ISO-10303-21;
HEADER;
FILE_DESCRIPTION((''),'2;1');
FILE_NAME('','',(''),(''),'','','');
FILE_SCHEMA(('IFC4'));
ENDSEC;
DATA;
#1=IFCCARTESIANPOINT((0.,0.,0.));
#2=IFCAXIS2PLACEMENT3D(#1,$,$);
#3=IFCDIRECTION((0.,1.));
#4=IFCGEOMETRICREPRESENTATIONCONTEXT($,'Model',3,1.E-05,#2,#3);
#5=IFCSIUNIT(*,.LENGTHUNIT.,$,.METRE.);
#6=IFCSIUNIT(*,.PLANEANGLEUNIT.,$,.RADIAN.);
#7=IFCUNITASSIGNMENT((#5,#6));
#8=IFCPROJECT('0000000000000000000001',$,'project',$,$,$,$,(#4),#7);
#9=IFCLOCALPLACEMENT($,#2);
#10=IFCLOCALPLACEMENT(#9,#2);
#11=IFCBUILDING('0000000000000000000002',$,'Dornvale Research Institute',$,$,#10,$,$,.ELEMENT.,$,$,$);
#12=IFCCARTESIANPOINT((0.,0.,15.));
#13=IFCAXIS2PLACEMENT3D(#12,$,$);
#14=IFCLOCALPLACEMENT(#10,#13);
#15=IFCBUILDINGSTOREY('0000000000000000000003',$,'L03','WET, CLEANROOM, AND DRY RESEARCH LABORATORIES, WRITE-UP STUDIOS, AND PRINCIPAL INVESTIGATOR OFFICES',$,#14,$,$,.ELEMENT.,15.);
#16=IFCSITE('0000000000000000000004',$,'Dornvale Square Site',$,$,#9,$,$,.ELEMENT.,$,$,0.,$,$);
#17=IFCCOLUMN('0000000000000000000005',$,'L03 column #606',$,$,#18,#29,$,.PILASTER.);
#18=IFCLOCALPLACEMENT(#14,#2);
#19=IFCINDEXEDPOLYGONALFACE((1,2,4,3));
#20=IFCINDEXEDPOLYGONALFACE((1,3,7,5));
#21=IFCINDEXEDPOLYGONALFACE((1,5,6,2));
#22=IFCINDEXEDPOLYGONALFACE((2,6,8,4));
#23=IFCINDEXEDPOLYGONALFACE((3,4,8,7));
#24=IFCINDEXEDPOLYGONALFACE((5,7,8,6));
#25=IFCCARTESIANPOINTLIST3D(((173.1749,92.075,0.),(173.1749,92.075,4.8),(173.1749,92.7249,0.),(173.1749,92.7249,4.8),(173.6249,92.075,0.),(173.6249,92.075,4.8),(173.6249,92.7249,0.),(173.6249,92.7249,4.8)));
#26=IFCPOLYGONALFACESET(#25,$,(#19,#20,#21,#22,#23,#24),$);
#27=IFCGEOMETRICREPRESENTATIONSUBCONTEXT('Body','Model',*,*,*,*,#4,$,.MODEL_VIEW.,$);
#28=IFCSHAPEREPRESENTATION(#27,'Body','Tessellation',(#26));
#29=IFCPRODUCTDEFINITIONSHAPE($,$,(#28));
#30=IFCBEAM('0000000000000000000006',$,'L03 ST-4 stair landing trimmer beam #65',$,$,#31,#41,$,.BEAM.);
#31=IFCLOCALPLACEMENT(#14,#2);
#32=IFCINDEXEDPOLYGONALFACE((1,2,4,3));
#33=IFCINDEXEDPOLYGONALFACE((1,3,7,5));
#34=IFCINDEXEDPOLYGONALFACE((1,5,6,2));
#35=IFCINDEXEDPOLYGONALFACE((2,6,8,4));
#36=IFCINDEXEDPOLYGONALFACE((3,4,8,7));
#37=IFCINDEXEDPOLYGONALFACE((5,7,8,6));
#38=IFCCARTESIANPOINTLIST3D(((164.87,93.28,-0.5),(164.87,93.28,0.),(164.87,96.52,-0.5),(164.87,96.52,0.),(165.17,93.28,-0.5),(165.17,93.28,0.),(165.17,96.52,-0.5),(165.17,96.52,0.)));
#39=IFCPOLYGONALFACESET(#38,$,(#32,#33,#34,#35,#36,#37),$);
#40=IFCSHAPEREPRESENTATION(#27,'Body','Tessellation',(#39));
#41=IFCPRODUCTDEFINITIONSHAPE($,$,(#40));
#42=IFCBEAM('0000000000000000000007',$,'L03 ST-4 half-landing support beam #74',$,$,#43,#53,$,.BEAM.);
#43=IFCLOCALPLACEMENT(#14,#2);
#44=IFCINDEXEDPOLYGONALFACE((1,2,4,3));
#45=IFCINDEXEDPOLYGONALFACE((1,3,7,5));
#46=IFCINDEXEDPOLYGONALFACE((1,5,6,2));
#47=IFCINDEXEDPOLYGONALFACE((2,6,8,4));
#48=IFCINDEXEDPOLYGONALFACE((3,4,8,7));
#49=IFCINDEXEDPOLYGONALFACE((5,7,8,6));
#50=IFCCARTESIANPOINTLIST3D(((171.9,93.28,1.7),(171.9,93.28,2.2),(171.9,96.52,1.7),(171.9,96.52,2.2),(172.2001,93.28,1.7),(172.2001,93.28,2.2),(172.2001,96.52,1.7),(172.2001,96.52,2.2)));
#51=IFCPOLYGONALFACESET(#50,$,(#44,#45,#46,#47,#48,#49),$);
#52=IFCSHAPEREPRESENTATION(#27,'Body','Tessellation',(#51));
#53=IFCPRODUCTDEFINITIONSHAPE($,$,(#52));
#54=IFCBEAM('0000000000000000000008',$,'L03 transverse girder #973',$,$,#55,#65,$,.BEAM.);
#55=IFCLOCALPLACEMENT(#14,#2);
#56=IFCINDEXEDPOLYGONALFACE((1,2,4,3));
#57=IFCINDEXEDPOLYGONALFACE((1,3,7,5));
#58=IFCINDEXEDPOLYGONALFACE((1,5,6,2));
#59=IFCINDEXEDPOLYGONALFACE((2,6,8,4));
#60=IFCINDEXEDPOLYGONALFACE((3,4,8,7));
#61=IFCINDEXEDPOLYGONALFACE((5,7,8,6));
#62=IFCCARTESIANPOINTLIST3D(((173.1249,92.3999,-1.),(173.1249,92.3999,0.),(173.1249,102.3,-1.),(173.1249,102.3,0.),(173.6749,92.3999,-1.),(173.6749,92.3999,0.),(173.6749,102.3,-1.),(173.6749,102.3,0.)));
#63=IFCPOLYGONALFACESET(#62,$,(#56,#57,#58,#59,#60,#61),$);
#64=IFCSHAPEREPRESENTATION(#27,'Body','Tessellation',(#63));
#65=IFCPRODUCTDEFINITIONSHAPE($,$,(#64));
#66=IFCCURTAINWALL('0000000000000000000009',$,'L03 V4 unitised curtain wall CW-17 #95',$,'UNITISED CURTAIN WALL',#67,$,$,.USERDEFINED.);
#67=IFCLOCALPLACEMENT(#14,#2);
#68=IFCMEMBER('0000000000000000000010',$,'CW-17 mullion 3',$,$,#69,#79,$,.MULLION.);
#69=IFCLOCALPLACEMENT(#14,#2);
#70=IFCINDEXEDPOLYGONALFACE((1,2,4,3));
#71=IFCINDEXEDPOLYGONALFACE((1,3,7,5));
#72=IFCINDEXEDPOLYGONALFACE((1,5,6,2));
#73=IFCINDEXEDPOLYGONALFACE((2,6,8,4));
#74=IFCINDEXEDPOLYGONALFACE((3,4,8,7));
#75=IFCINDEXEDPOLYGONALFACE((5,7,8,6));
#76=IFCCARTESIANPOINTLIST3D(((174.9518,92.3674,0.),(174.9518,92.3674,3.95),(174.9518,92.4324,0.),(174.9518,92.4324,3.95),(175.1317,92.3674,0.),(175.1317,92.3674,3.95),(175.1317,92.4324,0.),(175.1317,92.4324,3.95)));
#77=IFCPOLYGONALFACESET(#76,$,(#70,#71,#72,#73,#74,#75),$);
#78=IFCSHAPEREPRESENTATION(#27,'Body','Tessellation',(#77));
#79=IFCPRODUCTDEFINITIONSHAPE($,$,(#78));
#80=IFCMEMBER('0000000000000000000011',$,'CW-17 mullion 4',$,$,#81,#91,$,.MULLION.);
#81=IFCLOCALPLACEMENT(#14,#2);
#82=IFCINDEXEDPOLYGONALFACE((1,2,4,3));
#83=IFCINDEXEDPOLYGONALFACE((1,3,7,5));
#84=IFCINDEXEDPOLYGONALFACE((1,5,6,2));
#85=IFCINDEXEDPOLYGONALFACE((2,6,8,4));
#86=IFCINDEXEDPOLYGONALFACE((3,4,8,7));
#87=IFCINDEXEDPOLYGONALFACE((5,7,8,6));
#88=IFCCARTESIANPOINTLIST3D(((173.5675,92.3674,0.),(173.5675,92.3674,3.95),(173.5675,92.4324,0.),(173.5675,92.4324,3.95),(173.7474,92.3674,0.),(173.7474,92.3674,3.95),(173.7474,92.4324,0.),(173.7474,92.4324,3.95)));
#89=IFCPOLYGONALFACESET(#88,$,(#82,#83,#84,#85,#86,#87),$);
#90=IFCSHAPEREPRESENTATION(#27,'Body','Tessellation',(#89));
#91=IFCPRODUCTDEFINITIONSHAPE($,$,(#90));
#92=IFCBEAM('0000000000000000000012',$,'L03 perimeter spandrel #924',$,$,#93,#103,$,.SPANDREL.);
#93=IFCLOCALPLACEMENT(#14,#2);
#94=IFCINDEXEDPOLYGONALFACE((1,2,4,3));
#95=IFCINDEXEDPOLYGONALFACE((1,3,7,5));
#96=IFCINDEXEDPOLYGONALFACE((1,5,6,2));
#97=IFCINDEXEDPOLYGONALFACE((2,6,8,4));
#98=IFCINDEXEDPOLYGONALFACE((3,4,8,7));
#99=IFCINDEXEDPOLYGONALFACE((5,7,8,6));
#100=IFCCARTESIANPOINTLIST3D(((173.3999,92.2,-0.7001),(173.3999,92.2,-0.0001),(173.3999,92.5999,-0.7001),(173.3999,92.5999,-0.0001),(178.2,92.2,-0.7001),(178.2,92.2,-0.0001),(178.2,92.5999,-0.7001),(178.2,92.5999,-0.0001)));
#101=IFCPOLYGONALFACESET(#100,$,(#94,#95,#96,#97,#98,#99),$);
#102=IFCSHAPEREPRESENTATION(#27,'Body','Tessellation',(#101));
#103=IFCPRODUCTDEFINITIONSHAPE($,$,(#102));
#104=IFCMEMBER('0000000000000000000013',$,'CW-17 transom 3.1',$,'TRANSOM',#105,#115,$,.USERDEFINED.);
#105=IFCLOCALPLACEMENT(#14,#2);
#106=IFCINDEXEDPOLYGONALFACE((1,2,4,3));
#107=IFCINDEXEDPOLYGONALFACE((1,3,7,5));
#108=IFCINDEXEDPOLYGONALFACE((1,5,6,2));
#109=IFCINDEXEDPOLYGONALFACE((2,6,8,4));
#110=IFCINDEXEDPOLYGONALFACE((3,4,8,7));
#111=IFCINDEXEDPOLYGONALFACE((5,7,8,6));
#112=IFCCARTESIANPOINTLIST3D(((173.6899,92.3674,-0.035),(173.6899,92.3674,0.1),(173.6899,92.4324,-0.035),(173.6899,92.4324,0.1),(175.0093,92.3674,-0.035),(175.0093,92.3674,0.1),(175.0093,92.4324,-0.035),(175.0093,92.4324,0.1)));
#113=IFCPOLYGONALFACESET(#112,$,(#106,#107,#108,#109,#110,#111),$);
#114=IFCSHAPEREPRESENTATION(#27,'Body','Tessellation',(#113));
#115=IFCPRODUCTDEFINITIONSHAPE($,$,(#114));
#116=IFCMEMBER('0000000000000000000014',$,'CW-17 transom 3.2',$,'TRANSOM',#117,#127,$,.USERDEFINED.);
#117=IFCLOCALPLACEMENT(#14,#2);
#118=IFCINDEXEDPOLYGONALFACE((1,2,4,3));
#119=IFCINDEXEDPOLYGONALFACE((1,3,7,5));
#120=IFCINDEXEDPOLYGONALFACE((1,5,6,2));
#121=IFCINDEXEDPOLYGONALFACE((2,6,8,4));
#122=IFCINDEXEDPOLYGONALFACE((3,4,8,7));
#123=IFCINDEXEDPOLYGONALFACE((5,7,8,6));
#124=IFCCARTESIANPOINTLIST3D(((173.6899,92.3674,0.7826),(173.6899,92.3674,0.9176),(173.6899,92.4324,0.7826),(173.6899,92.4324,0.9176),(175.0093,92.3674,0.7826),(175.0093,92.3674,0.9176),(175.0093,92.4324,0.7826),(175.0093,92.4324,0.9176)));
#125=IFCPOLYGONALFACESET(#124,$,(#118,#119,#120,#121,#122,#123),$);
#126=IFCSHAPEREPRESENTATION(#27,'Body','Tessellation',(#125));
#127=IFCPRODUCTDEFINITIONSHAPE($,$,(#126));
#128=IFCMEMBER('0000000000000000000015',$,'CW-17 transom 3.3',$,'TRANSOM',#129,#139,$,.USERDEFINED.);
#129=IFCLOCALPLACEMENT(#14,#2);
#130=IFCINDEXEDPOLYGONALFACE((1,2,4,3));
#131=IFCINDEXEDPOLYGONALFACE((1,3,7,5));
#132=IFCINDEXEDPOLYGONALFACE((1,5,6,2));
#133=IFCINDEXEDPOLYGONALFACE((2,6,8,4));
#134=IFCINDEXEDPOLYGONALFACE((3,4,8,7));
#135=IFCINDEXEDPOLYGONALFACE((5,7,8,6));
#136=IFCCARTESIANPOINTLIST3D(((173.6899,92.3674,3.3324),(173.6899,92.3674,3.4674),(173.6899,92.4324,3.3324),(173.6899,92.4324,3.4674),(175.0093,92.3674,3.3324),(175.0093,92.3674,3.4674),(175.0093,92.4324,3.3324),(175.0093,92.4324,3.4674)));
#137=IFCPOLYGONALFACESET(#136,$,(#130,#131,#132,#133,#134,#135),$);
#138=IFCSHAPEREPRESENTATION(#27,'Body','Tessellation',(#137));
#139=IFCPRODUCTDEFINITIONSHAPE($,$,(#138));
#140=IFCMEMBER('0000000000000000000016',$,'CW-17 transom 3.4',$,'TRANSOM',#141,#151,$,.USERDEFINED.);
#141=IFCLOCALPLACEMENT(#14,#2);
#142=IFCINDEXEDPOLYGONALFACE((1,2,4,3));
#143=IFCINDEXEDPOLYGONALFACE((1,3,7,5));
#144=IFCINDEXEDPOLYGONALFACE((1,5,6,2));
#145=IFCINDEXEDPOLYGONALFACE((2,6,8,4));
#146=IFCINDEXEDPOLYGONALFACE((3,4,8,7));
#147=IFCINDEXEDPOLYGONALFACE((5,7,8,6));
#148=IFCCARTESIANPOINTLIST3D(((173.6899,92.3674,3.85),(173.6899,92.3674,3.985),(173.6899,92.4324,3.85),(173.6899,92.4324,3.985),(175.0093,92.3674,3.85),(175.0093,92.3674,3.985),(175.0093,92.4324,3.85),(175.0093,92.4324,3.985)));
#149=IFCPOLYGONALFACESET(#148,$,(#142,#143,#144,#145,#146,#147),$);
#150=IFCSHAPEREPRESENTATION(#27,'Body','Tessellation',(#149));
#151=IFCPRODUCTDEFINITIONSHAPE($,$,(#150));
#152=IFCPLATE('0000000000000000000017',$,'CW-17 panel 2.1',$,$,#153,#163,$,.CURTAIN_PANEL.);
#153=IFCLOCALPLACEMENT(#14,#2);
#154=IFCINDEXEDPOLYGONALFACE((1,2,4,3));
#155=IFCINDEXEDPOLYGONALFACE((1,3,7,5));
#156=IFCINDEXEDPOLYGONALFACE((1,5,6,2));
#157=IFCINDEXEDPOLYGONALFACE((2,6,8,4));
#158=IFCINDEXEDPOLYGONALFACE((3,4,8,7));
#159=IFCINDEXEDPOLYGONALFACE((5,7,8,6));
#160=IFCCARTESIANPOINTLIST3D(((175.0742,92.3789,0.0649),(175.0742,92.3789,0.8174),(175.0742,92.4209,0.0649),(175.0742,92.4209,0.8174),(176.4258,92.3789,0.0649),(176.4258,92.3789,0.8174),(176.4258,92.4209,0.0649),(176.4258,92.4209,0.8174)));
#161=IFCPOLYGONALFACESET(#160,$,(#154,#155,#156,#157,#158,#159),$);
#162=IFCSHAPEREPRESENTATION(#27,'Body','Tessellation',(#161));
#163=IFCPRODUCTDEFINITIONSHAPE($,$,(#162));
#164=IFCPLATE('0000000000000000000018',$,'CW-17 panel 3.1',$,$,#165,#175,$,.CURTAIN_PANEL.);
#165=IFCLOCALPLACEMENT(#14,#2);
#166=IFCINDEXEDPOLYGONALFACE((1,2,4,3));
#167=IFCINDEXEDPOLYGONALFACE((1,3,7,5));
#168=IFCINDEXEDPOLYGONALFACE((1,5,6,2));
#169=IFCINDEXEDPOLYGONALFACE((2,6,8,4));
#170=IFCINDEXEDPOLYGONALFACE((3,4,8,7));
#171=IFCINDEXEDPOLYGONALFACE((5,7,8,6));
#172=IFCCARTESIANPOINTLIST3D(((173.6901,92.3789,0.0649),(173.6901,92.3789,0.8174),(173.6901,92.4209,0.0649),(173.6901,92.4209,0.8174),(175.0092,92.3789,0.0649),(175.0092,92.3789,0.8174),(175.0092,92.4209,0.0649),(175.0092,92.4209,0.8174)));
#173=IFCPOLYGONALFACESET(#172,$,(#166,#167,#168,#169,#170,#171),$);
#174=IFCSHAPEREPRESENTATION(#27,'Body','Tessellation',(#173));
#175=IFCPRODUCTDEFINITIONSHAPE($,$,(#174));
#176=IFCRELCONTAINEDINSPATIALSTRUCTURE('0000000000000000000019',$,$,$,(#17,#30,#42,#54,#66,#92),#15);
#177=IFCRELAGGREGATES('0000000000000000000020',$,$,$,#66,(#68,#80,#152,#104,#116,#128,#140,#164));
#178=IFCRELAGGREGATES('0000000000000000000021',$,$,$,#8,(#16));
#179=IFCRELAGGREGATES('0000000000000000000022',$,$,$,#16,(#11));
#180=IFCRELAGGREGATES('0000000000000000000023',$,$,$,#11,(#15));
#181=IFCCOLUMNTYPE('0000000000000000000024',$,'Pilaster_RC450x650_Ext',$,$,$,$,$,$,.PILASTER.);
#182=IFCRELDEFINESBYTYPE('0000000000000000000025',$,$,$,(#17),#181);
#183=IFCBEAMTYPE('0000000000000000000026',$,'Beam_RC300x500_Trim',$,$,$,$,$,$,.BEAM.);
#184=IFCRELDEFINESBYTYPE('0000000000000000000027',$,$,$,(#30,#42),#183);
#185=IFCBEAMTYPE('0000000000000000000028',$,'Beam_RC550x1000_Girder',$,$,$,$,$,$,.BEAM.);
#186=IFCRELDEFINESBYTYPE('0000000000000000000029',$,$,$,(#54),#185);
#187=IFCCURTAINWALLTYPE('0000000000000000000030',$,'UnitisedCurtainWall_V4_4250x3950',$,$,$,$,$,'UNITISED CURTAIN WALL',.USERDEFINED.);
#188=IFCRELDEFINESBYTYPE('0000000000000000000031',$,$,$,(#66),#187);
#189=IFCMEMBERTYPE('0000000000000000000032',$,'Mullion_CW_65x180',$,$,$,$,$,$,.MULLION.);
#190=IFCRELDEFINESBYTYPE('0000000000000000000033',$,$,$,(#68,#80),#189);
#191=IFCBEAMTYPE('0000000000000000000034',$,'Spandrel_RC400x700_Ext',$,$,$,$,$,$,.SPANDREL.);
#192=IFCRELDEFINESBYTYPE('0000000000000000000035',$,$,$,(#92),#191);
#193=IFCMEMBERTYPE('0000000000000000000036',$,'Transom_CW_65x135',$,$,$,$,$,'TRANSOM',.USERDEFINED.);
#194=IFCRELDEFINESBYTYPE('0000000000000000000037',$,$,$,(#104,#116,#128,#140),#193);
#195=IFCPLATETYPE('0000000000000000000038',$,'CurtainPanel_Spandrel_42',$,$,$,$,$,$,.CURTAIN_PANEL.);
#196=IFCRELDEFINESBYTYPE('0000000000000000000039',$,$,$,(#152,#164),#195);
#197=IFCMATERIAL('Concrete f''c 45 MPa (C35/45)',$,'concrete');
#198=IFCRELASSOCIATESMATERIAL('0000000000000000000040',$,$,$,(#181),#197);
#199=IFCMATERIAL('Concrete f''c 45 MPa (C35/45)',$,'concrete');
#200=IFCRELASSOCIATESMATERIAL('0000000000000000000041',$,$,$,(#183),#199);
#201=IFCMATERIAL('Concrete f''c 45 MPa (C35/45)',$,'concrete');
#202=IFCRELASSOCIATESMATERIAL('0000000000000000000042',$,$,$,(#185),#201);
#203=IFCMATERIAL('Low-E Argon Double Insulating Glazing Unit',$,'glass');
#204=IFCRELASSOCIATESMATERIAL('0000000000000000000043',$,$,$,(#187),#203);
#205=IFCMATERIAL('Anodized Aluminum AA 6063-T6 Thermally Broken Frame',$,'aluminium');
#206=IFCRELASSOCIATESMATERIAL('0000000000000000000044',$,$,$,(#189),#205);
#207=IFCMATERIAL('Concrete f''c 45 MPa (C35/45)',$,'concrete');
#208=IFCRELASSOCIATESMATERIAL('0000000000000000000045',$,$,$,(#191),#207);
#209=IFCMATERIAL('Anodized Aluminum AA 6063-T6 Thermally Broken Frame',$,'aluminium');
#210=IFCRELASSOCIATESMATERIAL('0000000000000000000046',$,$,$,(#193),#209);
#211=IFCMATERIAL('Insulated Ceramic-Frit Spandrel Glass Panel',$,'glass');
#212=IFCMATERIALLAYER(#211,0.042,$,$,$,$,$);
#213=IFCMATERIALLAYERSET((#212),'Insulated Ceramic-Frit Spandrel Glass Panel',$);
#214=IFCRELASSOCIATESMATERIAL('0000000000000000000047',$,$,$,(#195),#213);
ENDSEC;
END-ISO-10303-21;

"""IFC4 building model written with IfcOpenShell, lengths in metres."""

from ifc_helpers import new_model, si_unit, direction, frame, origin, origin_2d, place, context, subcontext, project, spatial, rectangle, extrude, material, layer, layer_set, material_profile, profile_set, type_object, element, aggregate, save


model = new_model("IFC4")

# Units and contexts
model_context = context("Model", 3, precision=1e-05, world=origin(), true_north=direction((0.0, 1.0)))
body_context = subcontext(model_context, "Body", "Model", "MODEL_VIEW")
ifc_project = project(units=[si_unit("LENGTHUNIT", "METRE"), si_unit("PLANEANGLEUNIT", "RADIAN")], contexts=[model_context])

# Site, building, storey
site_placement = place(None, origin())
site = spatial("IfcSite", under=ifc_project, at=site_placement, Name="Dornvale Square Site", CompositionType="ELEMENT", RefElevation=0.0)
building_placement = place(site_placement, origin())
building = spatial("IfcBuilding", under=site, at=building_placement, Name="Dornvale Research Institute", CompositionType="ELEMENT")
storey_placement = place(building_placement, frame((0.0, 0.0, 15.0)))
storey = spatial("IfcBuildingStorey", under=building, at=storey_placement, Name="L03", Description="WET, CLEANROOM, AND DRY RESEARCH LABORATORIES, WRITE-UP STUDIOS, AND PRINCIPAL INVESTIGATOR OFFICES", CompositionType="ELEMENT", Elevation=15.0)

# Column
ifc_material_1 = material(Name="Concrete f'c 45 MPa (C35/45)", Category="concrete")
ifc_material_profile_1 = material_profile(ifc_material_1, rectangle(XDim=0.45, YDim=0.6499, at=origin_2d()), Name="RC 450x650")
ifc_profile_set_1 = profile_set([ifc_material_profile_1], Name="Concrete f'c 45 MPa (C35/45)")
column_type = type_object("IfcColumnType", Name="Pilaster_RC450x650_Ext", PredefinedType="PILASTER", material=ifc_profile_set_1)
column_placement = place(storey_placement, frame((173.3999, 92.3999, 0.0), z_axis=(0.0, 0.0, 1.0), x_axis=(1.0, 0.0, 0.0)))
element("IfcColumn", 1, at=column_placement, inside=storey, type_object=column_type, Name="L03 column #606", PredefinedType="PILASTER", context=body_context, shape_type="SweptSolid", body=[
    extrude(rectangle(XDim=0.45, YDim=0.6499, at=origin_2d()), origin(), (0.0, 0.0, 1.0), 4.8),
])

# Beams
ifc_material_2 = material(Name="Concrete f'c 45 MPa (C35/45)", Category="concrete")
ifc_material_profile_2 = material_profile(ifc_material_2, rectangle(XDim=0.3, YDim=0.5, at=origin_2d()), Name="RC 300x500")
ifc_profile_set_2 = profile_set([ifc_material_profile_2], Name="Concrete f'c 45 MPa (C35/45)")
beam_type_1 = type_object("IfcBeamType", Name="Beam_RC300x500_Trim", PredefinedType="BEAM", material=ifc_profile_set_2)
for number, where, z_axis, x_axis, name in (
    (2, (165.02, 93.28, -0.25), (0.0, 1.0, 0.0), (-1.0, 0.0, 0.0), "L03 ST-4 stair landing trimmer beam #65"),
    (3, (172.05, 93.28, 1.95), (0.0, 1.0, 0.0), (-1.0, 0.0, 0.0), "L03 ST-4 half-landing support beam #74"),
):
    element("IfcBeam", number, at=place(storey_placement, frame(where, z_axis=z_axis, x_axis=x_axis)), inside=storey, type_object=beam_type_1, Name=name, PredefinedType="BEAM", context=body_context, shape_type="SweptSolid", body=[
        extrude(rectangle(XDim=0.3, YDim=0.5, at=origin_2d()), origin(), (0.0, 0.0, 1.0), 3.24),
    ])
ifc_material_3 = material(Name="Concrete f'c 45 MPa (C35/45)", Category="concrete")
ifc_material_profile_3 = material_profile(ifc_material_3, rectangle(XDim=0.55, YDim=1.0, at=origin_2d()), Name="RC 550x1000")
ifc_profile_set_3 = profile_set([ifc_material_profile_3], Name="Concrete f'c 45 MPa (C35/45)")
beam_type_2 = type_object("IfcBeamType", Name="Beam_RC550x1000_Girder", PredefinedType="BEAM", material=ifc_profile_set_3)
beam_1_placement = place(storey_placement, frame((173.3999, 92.3999, -0.5), z_axis=(0.0, 1.0, 0.0), x_axis=(-1.0, 0.0, 0.0)))
element("IfcBeam", 4, at=beam_1_placement, inside=storey, type_object=beam_type_2, Name="L03 transverse girder #973", PredefinedType="BEAM", context=body_context, shape_type="SweptSolid", body=[
    extrude(rectangle(XDim=0.55, YDim=1.0, at=origin_2d()), origin(), (0.0, 0.0, 1.0), 9.9001),
])

# Curtain wall, members
ifc_material_4 = material(Name="Low-E Argon Double Insulating Glazing Unit", Category="glass")
curtain_wall_type = type_object("IfcCurtainWallType", Name="UnitisedCurtainWall_V4_4250x3950", ElementType="UNITISED CURTAIN WALL", PredefinedType="USERDEFINED", material=ifc_material_4)
curtain_wall_placement = place(storey_placement, origin())
curtain_wall = element("IfcCurtainWall", 5, at=curtain_wall_placement, inside=storey, type_object=curtain_wall_type, Name="L03 V4 unitised curtain wall CW-17 #95", ObjectType="UNITISED CURTAIN WALL", PredefinedType="USERDEFINED")
ifc_material_5 = material(Name="Anodized Aluminum AA 6063-T6 Thermally Broken Frame", Category="aluminium")
ifc_material_profile_4 = material_profile(ifc_material_5, rectangle(XDim=0.0649, YDim=0.1799, at=origin_2d()), Name="ALU MULLION 65x180")
ifc_profile_set_4 = profile_set([ifc_material_profile_4], Name="Anodized Aluminum AA 6063-T6 Thermally Broken Frame")
member_type_1 = type_object("IfcMemberType", Name="Mullion_CW_65x180", PredefinedType="MULLION", material=ifc_profile_set_4)
member_1_placement = place(storey_placement, frame((175.0417, 92.3999, 0.0), z_axis=(0.0, 0.0, 1.0), x_axis=(0.0, -1.0, 0.0)))
member_1 = element("IfcMember", 6, at=member_1_placement, type_object=member_type_1, Name="CW-17 mullion 3", PredefinedType="MULLION", context=body_context, shape_type="SweptSolid", body=[
    extrude(rectangle(XDim=0.0649, YDim=0.1799, at=origin_2d()), origin(), (0.0, 0.0, 1.0), 3.95),
])
member_2_placement = place(storey_placement, frame((173.6575, 92.3999, 0.0), z_axis=(0.0, 0.0, 1.0), x_axis=(0.0, -1.0, 0.0)))
member_2 = element("IfcMember", 7, at=member_2_placement, type_object=member_type_1, Name="CW-17 mullion 4", PredefinedType="MULLION", context=body_context, shape_type="SweptSolid", body=[
    extrude(rectangle(XDim=0.0649, YDim=0.1799, at=origin_2d()), origin(), (0.0, 0.0, 1.0), 3.95),
])

# Beam
ifc_material_6 = material(Name="Concrete f'c 45 MPa (C35/45)", Category="concrete")
ifc_material_profile_5 = material_profile(ifc_material_6, rectangle(XDim=0.3999, YDim=0.7, at=origin_2d()), Name="RC 400x700")
ifc_profile_set_5 = profile_set([ifc_material_profile_5], Name="Concrete f'c 45 MPa (C35/45)")
beam_type_3 = type_object("IfcBeamType", Name="Spandrel_RC400x700_Ext", PredefinedType="SPANDREL", material=ifc_profile_set_5)
beam_2_placement = place(storey_placement, frame((173.3999, 92.3999, -0.3501), z_axis=(1.0, 0.0, 0.0), x_axis=(0.0, 1.0, 0.0)))
element("IfcBeam", 8, at=beam_2_placement, inside=storey, type_object=beam_type_3, Name="L03 perimeter spandrel #924", PredefinedType="SPANDREL", context=body_context, shape_type="SweptSolid", body=[
    extrude(rectangle(XDim=0.3999, YDim=0.7, at=origin_2d()), origin(), (0.0, 0.0, 1.0), 4.8),
])

# Members
ifc_material_7 = material(Name="Anodized Aluminum AA 6063-T6 Thermally Broken Frame", Category="aluminium")
ifc_material_profile_6 = material_profile(ifc_material_7, rectangle(XDim=0.0649, YDim=0.135, at=origin_2d()), Name="ALU TRANSOM 65x135")
ifc_profile_set_6 = profile_set([ifc_material_profile_6], Name="Anodized Aluminum AA 6063-T6 Thermally Broken Frame")
member_type_2 = type_object("IfcMemberType", Name="Transom_CW_65x135", ElementType="TRANSOM", PredefinedType="USERDEFINED", material=ifc_profile_set_6)
member_3_placement = place(storey_placement, frame((175.0093, 92.3999, 0.0325), z_axis=(-1.0, 0.0, 0.0), x_axis=(0.0, -1.0, 0.0)))
member_3 = element("IfcMember", 9, at=member_3_placement, type_object=member_type_2, Name="CW-17 transom 3.1", ObjectType="TRANSOM", PredefinedType="USERDEFINED", context=body_context, shape_type="SweptSolid", body=[
    extrude(rectangle(XDim=0.0649, YDim=0.135, at=origin_2d()), origin(), (0.0, 0.0, 1.0), 1.3193),
])
member_4_placement = place(storey_placement, frame((175.0093, 92.3999, 0.8501), z_axis=(-1.0, 0.0, 0.0), x_axis=(0.0, -1.0, 0.0)))
member_4 = element("IfcMember", 10, at=member_4_placement, type_object=member_type_2, Name="CW-17 transom 3.2", ObjectType="TRANSOM", PredefinedType="USERDEFINED", context=body_context, shape_type="SweptSolid", body=[
    extrude(rectangle(XDim=0.0649, YDim=0.135, at=origin_2d()), origin(), (0.0, 0.0, 1.0), 1.3193),
])
member_5_placement = place(storey_placement, frame((175.0093, 92.3999, 3.3999), z_axis=(-1.0, 0.0, 0.0), x_axis=(0.0, -1.0, 0.0)))
member_5 = element("IfcMember", 11, at=member_5_placement, type_object=member_type_2, Name="CW-17 transom 3.3", ObjectType="TRANSOM", PredefinedType="USERDEFINED", context=body_context, shape_type="SweptSolid", body=[
    extrude(rectangle(XDim=0.0649, YDim=0.135, at=origin_2d()), origin(), (0.0, 0.0, 1.0), 1.3193),
])
member_6_placement = place(storey_placement, frame((175.0093, 92.3999, 3.9175), z_axis=(-1.0, 0.0, 0.0), x_axis=(0.0, -1.0, 0.0)))
member_6 = element("IfcMember", 12, at=member_6_placement, type_object=member_type_2, Name="CW-17 transom 3.4", ObjectType="TRANSOM", PredefinedType="USERDEFINED", context=body_context, shape_type="SweptSolid", body=[
    extrude(rectangle(XDim=0.0649, YDim=0.135, at=origin_2d()), origin(), (0.0, 0.0, 1.0), 1.3193),
])

# Plates
ifc_material_8 = material(Name="Insulated Ceramic-Frit Spandrel Glass Panel", Category="glass")
ifc_layer_1 = layer(ifc_material_8, 0.042)
ifc_layer_set_1 = layer_set([ifc_layer_1], Name="Insulated Ceramic-Frit Spandrel Glass Panel")
plate_type_1 = type_object("IfcPlateType", Name="CurtainPanel_Spandrel_42", PredefinedType="CURTAIN_PANEL", material=ifc_layer_set_1)
plate_1_placement = place(storey_placement, frame((175.75, 92.3999, 0.0649), z_axis=(0.0, 0.0, 1.0), x_axis=(-1.0, 0.0, 0.0)))
plate_1 = element("IfcPlate", 13, at=plate_1_placement, type_object=plate_type_1, Name="CW-17 panel 2.1", PredefinedType="CURTAIN_PANEL", context=body_context, shape_type="SweptSolid", body=[
    extrude(rectangle(XDim=1.3516, YDim=0.042, at=origin_2d()), origin(), (0.0, 0.0, 1.0), 0.7524),
])
plate_2_placement = place(storey_placement, frame((174.3496, 92.3999, 0.0649), z_axis=(0.0, 0.0, 1.0), x_axis=(-1.0, 0.0, 0.0)))
plate_2 = element("IfcPlate", 14, at=plate_2_placement, type_object=plate_type_1, Name="CW-17 panel 3.1", PredefinedType="CURTAIN_PANEL", context=body_context, shape_type="SweptSolid", body=[
    extrude(rectangle(XDim=1.3191, YDim=0.042, at=origin_2d()), origin(), (0.0, 0.0, 1.0), 0.7524),
])
aggregate(curtain_wall, [member_1, member_2, plate_1, member_3, member_4, member_5, member_6, plate_2])

save(model, "model.ifc")
